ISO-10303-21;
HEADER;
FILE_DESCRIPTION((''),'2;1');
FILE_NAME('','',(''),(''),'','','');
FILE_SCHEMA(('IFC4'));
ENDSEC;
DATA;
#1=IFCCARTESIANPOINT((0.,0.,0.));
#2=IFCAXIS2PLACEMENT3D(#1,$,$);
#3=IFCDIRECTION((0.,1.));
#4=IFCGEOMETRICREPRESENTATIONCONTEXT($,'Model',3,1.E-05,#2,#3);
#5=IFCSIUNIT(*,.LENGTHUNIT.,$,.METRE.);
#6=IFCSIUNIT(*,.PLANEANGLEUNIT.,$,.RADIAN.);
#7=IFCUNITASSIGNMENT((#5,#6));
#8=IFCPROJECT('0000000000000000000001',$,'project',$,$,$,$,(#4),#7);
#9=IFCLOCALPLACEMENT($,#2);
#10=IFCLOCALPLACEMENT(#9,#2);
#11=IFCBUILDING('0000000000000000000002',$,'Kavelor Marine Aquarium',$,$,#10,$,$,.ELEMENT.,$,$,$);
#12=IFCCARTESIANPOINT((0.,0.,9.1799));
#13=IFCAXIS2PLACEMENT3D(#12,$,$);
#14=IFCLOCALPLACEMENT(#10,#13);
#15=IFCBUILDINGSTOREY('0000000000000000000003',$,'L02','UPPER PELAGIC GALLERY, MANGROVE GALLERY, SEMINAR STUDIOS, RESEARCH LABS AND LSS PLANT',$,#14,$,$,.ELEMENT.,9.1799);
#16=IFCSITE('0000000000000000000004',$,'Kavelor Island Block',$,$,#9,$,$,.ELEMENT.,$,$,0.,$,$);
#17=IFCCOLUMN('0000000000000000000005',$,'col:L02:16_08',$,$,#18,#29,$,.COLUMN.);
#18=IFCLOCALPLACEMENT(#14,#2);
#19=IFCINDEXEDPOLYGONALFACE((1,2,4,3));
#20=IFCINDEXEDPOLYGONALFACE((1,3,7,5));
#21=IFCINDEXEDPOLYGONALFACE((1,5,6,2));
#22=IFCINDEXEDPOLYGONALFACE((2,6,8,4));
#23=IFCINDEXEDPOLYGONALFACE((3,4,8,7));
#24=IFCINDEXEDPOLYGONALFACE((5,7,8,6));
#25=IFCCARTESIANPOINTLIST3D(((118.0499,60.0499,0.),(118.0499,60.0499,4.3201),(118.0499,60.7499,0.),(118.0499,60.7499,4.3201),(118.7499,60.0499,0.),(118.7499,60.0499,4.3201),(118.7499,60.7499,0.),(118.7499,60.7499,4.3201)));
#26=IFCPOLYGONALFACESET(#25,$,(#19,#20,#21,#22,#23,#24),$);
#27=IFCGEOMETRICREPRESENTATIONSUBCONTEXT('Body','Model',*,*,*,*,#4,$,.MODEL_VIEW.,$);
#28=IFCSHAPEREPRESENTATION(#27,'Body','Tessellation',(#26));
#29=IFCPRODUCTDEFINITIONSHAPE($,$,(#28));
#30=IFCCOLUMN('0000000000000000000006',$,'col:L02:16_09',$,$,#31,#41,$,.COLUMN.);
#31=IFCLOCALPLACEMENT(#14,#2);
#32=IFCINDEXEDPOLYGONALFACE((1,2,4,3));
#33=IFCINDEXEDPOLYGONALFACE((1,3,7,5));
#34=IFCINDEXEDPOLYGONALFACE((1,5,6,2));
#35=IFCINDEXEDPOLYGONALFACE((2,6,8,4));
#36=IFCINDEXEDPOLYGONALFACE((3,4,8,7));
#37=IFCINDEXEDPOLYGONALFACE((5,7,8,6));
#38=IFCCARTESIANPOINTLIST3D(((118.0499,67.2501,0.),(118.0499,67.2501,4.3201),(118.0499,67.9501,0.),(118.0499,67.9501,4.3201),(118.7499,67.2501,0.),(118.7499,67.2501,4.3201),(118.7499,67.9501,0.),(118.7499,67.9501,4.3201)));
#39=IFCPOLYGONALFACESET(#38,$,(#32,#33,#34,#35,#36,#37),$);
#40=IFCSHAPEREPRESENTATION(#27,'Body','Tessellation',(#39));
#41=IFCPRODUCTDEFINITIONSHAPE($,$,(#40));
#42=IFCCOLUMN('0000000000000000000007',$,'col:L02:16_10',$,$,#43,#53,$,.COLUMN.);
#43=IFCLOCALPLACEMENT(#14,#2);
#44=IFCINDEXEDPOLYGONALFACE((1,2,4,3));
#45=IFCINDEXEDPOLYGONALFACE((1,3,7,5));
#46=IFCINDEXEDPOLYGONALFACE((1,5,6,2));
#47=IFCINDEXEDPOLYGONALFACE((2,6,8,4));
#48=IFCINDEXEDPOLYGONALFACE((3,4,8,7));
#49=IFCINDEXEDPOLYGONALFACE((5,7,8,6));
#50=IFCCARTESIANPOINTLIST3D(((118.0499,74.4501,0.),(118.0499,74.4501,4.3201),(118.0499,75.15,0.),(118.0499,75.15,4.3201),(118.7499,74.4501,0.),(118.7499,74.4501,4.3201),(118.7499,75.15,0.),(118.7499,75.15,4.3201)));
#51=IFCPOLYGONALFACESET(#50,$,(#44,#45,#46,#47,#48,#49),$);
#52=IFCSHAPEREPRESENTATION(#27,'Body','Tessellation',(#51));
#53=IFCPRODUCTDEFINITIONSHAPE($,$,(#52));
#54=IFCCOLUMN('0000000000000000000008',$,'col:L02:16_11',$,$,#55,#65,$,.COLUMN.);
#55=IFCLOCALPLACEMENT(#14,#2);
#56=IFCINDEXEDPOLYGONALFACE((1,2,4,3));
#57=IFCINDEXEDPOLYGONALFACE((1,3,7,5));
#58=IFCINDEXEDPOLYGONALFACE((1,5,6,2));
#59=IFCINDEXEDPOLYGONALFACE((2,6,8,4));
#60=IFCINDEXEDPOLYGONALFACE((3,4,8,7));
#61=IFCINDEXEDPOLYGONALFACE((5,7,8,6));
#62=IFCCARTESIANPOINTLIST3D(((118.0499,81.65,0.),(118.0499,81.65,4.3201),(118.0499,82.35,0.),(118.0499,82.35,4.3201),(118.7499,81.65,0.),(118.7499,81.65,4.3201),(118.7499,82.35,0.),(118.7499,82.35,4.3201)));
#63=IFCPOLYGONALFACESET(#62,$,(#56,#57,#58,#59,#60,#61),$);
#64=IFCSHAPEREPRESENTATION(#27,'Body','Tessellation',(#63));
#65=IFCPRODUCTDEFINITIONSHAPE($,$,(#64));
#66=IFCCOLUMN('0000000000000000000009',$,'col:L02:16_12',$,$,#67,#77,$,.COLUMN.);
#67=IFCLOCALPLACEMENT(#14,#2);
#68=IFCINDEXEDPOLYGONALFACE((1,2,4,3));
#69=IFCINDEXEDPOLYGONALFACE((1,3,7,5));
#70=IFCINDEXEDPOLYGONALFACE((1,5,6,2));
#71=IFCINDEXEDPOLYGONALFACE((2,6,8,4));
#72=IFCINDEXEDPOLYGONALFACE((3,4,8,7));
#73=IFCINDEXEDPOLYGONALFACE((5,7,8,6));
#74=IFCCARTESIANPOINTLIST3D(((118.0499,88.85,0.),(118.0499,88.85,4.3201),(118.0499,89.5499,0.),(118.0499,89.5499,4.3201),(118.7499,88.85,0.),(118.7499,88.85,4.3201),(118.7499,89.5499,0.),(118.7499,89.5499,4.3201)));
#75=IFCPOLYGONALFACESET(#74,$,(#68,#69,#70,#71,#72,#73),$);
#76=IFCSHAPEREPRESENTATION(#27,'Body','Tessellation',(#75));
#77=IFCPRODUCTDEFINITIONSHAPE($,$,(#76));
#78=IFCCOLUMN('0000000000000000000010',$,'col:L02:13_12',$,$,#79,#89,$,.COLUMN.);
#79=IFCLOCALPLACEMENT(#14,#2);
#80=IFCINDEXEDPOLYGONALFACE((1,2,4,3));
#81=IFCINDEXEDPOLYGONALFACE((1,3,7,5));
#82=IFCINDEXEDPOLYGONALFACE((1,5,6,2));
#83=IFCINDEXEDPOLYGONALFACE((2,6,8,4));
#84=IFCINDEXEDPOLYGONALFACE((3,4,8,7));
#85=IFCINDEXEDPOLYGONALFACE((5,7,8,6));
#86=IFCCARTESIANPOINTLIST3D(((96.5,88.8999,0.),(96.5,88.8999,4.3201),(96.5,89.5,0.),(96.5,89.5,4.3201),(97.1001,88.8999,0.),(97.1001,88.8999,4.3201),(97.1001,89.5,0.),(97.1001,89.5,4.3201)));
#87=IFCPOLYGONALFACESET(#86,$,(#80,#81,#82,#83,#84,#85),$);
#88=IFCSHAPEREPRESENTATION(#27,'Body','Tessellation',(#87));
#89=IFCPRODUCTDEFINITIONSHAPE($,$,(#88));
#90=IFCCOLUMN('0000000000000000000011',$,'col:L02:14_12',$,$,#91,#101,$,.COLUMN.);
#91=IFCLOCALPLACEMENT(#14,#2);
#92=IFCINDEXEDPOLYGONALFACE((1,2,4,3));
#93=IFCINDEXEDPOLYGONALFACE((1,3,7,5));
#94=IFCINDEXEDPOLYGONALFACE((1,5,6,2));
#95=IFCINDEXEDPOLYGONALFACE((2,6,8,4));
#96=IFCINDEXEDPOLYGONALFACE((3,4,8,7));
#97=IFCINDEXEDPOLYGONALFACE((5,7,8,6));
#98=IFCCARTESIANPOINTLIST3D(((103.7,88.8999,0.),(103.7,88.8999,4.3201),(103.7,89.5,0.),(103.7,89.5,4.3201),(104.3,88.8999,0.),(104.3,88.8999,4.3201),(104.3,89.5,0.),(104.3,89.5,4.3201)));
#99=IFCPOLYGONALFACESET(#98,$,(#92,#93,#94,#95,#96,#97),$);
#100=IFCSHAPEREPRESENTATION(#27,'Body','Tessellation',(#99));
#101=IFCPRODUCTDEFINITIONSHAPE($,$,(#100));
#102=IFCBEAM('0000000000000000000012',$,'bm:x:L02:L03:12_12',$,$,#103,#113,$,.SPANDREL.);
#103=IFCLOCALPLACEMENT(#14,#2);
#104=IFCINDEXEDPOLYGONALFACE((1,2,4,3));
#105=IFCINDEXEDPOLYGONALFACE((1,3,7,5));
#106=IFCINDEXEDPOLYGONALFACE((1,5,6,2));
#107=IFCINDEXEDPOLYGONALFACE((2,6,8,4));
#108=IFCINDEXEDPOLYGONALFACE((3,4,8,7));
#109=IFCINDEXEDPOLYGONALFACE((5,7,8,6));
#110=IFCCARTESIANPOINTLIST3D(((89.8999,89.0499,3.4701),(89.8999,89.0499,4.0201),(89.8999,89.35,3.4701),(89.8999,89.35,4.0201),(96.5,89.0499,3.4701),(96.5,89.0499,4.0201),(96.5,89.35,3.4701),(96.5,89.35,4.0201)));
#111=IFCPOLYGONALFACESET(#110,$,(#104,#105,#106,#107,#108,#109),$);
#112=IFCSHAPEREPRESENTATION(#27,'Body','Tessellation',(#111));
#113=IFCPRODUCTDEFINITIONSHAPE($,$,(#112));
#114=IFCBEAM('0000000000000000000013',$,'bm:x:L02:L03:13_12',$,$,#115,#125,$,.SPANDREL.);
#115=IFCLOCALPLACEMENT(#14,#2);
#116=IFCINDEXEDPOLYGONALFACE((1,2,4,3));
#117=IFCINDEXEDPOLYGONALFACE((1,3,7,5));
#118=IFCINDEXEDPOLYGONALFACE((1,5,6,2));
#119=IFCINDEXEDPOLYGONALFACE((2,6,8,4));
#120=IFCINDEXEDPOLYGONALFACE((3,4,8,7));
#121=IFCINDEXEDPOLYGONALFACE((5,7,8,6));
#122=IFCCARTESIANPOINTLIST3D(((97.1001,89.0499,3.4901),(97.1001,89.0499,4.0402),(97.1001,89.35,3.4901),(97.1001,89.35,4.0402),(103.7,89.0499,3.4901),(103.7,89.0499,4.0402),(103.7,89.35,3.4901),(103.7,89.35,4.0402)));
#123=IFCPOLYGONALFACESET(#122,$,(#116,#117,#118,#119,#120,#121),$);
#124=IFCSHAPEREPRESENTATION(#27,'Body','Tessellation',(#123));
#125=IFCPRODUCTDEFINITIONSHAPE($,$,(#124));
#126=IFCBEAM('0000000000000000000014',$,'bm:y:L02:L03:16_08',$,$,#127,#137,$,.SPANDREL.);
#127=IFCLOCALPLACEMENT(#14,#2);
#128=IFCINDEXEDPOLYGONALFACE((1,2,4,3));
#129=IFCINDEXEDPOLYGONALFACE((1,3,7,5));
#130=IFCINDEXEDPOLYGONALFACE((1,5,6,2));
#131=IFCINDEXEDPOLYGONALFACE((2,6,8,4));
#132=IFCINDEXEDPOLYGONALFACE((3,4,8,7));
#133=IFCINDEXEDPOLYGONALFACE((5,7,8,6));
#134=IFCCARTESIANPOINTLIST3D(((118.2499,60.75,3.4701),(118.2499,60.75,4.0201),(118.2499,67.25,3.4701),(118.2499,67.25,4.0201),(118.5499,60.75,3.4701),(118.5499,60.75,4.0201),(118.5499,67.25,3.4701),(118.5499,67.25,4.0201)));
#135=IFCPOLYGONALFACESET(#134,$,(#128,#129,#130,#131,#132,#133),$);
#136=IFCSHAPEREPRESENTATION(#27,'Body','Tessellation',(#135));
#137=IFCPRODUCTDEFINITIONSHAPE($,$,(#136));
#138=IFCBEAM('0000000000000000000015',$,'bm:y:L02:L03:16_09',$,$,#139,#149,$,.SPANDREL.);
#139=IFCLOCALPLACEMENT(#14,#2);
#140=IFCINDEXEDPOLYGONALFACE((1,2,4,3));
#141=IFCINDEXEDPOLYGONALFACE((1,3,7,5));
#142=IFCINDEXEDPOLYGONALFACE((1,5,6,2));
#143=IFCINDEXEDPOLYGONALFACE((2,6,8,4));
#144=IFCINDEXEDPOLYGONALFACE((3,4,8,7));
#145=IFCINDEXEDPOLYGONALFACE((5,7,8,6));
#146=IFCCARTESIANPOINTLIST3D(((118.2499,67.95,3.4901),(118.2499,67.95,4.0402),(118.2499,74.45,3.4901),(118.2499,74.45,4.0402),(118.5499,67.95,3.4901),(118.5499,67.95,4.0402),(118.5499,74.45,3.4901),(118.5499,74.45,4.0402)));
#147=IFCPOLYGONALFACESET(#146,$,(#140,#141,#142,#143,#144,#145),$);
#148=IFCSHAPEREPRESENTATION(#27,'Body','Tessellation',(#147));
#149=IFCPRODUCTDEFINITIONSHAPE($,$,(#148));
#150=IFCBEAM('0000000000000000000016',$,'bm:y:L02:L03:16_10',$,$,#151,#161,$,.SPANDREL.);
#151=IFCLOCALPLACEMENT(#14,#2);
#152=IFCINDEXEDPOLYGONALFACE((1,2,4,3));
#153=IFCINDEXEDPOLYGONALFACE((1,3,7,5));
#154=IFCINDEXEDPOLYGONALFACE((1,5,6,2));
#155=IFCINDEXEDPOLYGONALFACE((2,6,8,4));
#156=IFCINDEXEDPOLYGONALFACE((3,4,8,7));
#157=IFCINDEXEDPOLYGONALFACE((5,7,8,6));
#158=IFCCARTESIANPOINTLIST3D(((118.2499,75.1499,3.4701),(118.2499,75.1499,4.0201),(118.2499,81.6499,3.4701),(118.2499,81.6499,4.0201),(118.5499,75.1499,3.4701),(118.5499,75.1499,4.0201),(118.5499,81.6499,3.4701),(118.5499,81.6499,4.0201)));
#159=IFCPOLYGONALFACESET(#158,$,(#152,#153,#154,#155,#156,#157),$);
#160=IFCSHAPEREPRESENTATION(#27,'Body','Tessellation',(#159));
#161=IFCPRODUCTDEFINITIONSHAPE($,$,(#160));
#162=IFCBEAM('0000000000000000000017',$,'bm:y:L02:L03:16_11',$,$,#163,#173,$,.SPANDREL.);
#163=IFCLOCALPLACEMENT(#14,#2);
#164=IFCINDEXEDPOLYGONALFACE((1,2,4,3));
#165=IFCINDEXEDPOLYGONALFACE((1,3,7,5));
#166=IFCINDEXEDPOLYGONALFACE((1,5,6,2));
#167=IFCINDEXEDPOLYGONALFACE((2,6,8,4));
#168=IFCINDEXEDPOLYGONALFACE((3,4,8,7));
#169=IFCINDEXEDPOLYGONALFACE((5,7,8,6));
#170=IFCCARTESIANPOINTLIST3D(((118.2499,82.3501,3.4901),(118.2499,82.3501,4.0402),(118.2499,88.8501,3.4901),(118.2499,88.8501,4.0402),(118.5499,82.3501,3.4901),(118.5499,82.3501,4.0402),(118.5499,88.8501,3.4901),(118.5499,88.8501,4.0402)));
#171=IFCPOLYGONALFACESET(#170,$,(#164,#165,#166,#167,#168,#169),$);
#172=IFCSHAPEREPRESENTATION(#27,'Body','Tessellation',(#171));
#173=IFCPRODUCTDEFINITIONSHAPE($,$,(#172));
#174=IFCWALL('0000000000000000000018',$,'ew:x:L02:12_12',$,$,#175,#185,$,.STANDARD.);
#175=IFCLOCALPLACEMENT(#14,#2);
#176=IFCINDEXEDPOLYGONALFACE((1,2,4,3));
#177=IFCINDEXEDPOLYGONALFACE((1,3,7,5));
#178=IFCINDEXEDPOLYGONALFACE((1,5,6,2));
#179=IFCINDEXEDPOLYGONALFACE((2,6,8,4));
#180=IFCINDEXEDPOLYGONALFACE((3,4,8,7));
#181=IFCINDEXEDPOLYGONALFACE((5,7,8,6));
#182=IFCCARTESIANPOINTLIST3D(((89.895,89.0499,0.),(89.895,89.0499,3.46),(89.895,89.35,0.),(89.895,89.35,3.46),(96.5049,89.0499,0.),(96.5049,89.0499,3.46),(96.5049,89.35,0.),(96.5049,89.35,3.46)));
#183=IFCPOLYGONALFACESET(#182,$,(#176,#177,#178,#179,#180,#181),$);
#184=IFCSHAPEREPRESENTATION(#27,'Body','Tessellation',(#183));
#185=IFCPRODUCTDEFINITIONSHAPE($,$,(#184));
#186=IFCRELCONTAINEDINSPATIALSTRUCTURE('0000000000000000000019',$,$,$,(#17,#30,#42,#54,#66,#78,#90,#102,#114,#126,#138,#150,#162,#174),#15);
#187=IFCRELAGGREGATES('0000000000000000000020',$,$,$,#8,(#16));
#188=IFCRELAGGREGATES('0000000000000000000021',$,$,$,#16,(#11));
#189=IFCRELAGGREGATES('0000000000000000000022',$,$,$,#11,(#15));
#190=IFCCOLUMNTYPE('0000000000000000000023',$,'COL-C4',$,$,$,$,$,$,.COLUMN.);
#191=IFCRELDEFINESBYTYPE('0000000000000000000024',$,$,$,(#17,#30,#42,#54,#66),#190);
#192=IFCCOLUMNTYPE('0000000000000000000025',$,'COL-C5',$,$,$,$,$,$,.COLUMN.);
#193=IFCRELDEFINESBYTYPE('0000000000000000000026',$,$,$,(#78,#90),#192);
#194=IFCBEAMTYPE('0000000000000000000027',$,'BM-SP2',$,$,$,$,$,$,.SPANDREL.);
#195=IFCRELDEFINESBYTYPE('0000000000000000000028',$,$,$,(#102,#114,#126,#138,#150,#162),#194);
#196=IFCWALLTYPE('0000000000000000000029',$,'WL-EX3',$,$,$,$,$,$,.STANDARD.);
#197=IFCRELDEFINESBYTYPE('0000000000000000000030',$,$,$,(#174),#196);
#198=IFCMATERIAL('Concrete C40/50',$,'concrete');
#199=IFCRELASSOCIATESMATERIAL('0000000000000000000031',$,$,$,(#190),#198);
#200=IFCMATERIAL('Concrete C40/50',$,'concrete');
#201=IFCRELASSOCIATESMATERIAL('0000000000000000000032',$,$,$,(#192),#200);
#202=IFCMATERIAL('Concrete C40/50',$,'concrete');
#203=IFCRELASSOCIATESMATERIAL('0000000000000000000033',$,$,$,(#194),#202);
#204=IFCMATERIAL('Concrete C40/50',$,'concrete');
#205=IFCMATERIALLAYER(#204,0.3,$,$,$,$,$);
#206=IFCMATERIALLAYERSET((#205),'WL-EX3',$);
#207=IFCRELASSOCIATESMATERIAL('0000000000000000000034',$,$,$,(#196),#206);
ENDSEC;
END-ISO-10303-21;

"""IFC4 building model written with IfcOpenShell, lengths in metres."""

from ifc_helpers import new_model, si_unit, direction, frame, frame_2d, origin, origin_2d, place, context, subcontext, project, spatial, rectangle, extrude, material, layer, layer_set, material_profile, profile_set, type_object, element, save


model = new_model("IFC4")

# Units and contexts
model_context = context("Model", 3, precision=1e-05, world=origin(), true_north=direction((0.0, 1.0)))
body_context = subcontext(model_context, "Body", "Model", "MODEL_VIEW")
ifc_project = project(units=[si_unit("LENGTHUNIT", "METRE"), si_unit("PLANEANGLEUNIT", "RADIAN")], contexts=[model_context])

# Site, building, storey
site_placement = place(None, origin())
site = spatial("IfcSite", under=ifc_project, at=site_placement, Name="Kavelor Island Block", CompositionType="ELEMENT", RefElevation=0.0)
building_placement = place(site_placement, origin())
building = spatial("IfcBuilding", under=site, at=building_placement, Name="Kavelor Marine Aquarium", CompositionType="ELEMENT")
storey_placement = place(building_placement, frame((0.0, 0.0, 9.1799)))
storey = spatial("IfcBuildingStorey", under=building, at=storey_placement, Name="L02", Description="UPPER PELAGIC GALLERY, MANGROVE GALLERY, SEMINAR STUDIOS, RESEARCH LABS AND LSS PLANT", CompositionType="ELEMENT", Elevation=9.1799)

# Columns
ifc_material_1 = material(Name="Concrete C40/50", Category="concrete")
ifc_material_profile_1 = material_profile(ifc_material_1, rectangle(XDim=0.7, YDim=0.7, at=origin_2d()), Name="RC-COL 700x700")
ifc_profile_set_1 = profile_set([ifc_material_profile_1], Name="Concrete C40/50")
column_type_1 = type_object("IfcColumnType", Name="COL-C4", PredefinedType="COLUMN", material=ifc_profile_set_1)
for number, where, z_axis, x_axis, name in (
    (1, (118.3999, 60.3999, 0.0), (0.0, 0.0, 1.0), (1.0, 0.0, 0.0), "col:L02:16_08"),
    (2, (118.3999, 67.6001, 0.0), (0.0, 0.0, 1.0), (1.0, 0.0, 0.0), "col:L02:16_09"),
    (3, (118.3999, 74.8, 0.0), (0.0, 0.0, 1.0), (1.0, 0.0, 0.0), "col:L02:16_10"),
    (4, (118.3999, 82.0, 0.0), (0.0, 0.0, 1.0), (1.0, 0.0, 0.0), "col:L02:16_11"),
    (5, (118.3999, 89.2, 0.0), (0.0, 0.0, 1.0), (1.0, 0.0, 0.0), "col:L02:16_12"),
):
    element("IfcColumn", number, at=place(storey_placement, frame(where, z_axis=z_axis, x_axis=x_axis)), inside=storey, type_object=column_type_1, Name=name, PredefinedType="COLUMN", context=body_context, shape_type="SweptSolid", body=[
        extrude(rectangle(XDim=0.7, YDim=0.7, at=origin_2d()), origin(), (0.0, 0.0, 1.0), 4.3201),
    ])
ifc_material_2 = material(Name="Concrete C40/50", Category="concrete")
ifc_material_profile_2 = material_profile(ifc_material_2, rectangle(XDim=0.6001, YDim=0.6001, at=origin_2d()), Name="RC-COL 600x600")
ifc_profile_set_2 = profile_set([ifc_material_profile_2], Name="Concrete C40/50")
column_type_2 = type_object("IfcColumnType", Name="COL-C5", PredefinedType="COLUMN", material=ifc_profile_set_2)
for number, where, z_axis, x_axis, name in (
    (6, (96.8, 89.2, 0.0), (0.0, 0.0, 1.0), (1.0, 0.0, 0.0), "col:L02:13_12"),
    (7, (104.0, 89.2, 0.0), (0.0, 0.0, 1.0), (1.0, 0.0, 0.0), "col:L02:14_12"),
):
    element("IfcColumn", number, at=place(storey_placement, frame(where, z_axis=z_axis, x_axis=x_axis)), inside=storey, type_object=column_type_2, Name=name, PredefinedType="COLUMN", context=body_context, shape_type="SweptSolid", body=[
        extrude(rectangle(XDim=0.6001, YDim=0.6001, at=origin_2d()), origin(), (0.0, 0.0, 1.0), 4.3201),
    ])

# Beams
ifc_material_3 = material(Name="Concrete C40/50", Category="concrete")
ifc_material_profile_3 = material_profile(ifc_material_3, rectangle(XDim=0.3, YDim=0.55, at=origin_2d()), Name="RC-SP 300x550")
ifc_profile_set_3 = profile_set([ifc_material_profile_3], Name="Concrete C40/50")
beam_type = type_object("IfcBeamType", Name="BM-SP2", PredefinedType="SPANDREL", material=ifc_profile_set_3)
beam_1_placement = place(storey_placement, frame((89.8999, 89.2, 3.7451), z_axis=(1.0, 0.0, 0.0), x_axis=(0.0, 1.0, 0.0)))
element("IfcBeam", 8, at=beam_1_placement, inside=storey, type_object=beam_type, Name="bm:x:L02:L03:12_12", PredefinedType="SPANDREL", context=body_context, shape_type="SweptSolid", body=[
    extrude(rectangle(XDim=0.3, YDim=0.55, at=origin_2d()), origin(), (0.0, 0.0, 1.0), 6.6001),
])
beam_2_placement = place(storey_placement, frame((97.1001, 89.2, 3.7651), z_axis=(1.0, 0.0, 0.0), x_axis=(0.0, 1.0, 0.0)))
element("IfcBeam", 9, at=beam_2_placement, inside=storey, type_object=beam_type, Name="bm:x:L02:L03:13_12", PredefinedType="SPANDREL", context=body_context, shape_type="SweptSolid", body=[
    extrude(rectangle(XDim=0.3, YDim=0.55, at=origin_2d()), origin(), (0.0, 0.0, 1.0), 6.5999),
])
for number, where, z_axis, x_axis, name in (
    (10, (118.3999, 60.75, 3.7451), (0.0, 1.0, 0.0), (-1.0, 0.0, 0.0), "bm:y:L02:L03:16_08"),
    (11, (118.3999, 67.95, 3.7651), (0.0, 1.0, 0.0), (-1.0, 0.0, 0.0), "bm:y:L02:L03:16_09"),
    (12, (118.3999, 75.1499, 3.7451), (0.0, 1.0, 0.0), (-1.0, 0.0, 0.0), "bm:y:L02:L03:16_10"),
    (13, (118.3999, 82.3501, 3.7651), (0.0, 1.0, 0.0), (-1.0, 0.0, 0.0), "bm:y:L02:L03:16_11"),
):
    element("IfcBeam", number, at=place(storey_placement, frame(where, z_axis=z_axis, x_axis=x_axis)), inside=storey, type_object=beam_type, Name=name, PredefinedType="SPANDREL", context=body_context, shape_type="SweptSolid", body=[
        extrude(rectangle(XDim=0.3, YDim=0.55, at=origin_2d()), origin(), (0.0, 0.0, 1.0), 6.5),
    ])

# Wall
ifc_material_4 = material(Name="Concrete C40/50", Category="concrete")
ifc_layer_1 = layer(ifc_material_4, 0.3)
ifc_layer_set_1 = layer_set([ifc_layer_1], Name="WL-EX3")
wall_type_1 = type_object("IfcWallType", Name="WL-EX3", PredefinedType="STANDARD", material=ifc_layer_set_1)
wall_1_placement = place(storey_placement, frame((96.5049, 89.2, 0.0), z_axis=(0.0, 0.0, 1.0), x_axis=(-1.0, 0.0, 0.0)))
element("IfcWall", 14, at=wall_1_placement, inside=storey, type_object=wall_type_1, Name="ew:x:L02:12_12", PredefinedType="STANDARD", context=body_context, shape_type="SweptSolid", body=[
    extrude(rectangle(XDim=6.6099, YDim=0.3, at=frame_2d((3.3049, 0.0))), origin(), (0.0, 0.0, 1.0), 3.46),
])

save(model, "model.ifc")
